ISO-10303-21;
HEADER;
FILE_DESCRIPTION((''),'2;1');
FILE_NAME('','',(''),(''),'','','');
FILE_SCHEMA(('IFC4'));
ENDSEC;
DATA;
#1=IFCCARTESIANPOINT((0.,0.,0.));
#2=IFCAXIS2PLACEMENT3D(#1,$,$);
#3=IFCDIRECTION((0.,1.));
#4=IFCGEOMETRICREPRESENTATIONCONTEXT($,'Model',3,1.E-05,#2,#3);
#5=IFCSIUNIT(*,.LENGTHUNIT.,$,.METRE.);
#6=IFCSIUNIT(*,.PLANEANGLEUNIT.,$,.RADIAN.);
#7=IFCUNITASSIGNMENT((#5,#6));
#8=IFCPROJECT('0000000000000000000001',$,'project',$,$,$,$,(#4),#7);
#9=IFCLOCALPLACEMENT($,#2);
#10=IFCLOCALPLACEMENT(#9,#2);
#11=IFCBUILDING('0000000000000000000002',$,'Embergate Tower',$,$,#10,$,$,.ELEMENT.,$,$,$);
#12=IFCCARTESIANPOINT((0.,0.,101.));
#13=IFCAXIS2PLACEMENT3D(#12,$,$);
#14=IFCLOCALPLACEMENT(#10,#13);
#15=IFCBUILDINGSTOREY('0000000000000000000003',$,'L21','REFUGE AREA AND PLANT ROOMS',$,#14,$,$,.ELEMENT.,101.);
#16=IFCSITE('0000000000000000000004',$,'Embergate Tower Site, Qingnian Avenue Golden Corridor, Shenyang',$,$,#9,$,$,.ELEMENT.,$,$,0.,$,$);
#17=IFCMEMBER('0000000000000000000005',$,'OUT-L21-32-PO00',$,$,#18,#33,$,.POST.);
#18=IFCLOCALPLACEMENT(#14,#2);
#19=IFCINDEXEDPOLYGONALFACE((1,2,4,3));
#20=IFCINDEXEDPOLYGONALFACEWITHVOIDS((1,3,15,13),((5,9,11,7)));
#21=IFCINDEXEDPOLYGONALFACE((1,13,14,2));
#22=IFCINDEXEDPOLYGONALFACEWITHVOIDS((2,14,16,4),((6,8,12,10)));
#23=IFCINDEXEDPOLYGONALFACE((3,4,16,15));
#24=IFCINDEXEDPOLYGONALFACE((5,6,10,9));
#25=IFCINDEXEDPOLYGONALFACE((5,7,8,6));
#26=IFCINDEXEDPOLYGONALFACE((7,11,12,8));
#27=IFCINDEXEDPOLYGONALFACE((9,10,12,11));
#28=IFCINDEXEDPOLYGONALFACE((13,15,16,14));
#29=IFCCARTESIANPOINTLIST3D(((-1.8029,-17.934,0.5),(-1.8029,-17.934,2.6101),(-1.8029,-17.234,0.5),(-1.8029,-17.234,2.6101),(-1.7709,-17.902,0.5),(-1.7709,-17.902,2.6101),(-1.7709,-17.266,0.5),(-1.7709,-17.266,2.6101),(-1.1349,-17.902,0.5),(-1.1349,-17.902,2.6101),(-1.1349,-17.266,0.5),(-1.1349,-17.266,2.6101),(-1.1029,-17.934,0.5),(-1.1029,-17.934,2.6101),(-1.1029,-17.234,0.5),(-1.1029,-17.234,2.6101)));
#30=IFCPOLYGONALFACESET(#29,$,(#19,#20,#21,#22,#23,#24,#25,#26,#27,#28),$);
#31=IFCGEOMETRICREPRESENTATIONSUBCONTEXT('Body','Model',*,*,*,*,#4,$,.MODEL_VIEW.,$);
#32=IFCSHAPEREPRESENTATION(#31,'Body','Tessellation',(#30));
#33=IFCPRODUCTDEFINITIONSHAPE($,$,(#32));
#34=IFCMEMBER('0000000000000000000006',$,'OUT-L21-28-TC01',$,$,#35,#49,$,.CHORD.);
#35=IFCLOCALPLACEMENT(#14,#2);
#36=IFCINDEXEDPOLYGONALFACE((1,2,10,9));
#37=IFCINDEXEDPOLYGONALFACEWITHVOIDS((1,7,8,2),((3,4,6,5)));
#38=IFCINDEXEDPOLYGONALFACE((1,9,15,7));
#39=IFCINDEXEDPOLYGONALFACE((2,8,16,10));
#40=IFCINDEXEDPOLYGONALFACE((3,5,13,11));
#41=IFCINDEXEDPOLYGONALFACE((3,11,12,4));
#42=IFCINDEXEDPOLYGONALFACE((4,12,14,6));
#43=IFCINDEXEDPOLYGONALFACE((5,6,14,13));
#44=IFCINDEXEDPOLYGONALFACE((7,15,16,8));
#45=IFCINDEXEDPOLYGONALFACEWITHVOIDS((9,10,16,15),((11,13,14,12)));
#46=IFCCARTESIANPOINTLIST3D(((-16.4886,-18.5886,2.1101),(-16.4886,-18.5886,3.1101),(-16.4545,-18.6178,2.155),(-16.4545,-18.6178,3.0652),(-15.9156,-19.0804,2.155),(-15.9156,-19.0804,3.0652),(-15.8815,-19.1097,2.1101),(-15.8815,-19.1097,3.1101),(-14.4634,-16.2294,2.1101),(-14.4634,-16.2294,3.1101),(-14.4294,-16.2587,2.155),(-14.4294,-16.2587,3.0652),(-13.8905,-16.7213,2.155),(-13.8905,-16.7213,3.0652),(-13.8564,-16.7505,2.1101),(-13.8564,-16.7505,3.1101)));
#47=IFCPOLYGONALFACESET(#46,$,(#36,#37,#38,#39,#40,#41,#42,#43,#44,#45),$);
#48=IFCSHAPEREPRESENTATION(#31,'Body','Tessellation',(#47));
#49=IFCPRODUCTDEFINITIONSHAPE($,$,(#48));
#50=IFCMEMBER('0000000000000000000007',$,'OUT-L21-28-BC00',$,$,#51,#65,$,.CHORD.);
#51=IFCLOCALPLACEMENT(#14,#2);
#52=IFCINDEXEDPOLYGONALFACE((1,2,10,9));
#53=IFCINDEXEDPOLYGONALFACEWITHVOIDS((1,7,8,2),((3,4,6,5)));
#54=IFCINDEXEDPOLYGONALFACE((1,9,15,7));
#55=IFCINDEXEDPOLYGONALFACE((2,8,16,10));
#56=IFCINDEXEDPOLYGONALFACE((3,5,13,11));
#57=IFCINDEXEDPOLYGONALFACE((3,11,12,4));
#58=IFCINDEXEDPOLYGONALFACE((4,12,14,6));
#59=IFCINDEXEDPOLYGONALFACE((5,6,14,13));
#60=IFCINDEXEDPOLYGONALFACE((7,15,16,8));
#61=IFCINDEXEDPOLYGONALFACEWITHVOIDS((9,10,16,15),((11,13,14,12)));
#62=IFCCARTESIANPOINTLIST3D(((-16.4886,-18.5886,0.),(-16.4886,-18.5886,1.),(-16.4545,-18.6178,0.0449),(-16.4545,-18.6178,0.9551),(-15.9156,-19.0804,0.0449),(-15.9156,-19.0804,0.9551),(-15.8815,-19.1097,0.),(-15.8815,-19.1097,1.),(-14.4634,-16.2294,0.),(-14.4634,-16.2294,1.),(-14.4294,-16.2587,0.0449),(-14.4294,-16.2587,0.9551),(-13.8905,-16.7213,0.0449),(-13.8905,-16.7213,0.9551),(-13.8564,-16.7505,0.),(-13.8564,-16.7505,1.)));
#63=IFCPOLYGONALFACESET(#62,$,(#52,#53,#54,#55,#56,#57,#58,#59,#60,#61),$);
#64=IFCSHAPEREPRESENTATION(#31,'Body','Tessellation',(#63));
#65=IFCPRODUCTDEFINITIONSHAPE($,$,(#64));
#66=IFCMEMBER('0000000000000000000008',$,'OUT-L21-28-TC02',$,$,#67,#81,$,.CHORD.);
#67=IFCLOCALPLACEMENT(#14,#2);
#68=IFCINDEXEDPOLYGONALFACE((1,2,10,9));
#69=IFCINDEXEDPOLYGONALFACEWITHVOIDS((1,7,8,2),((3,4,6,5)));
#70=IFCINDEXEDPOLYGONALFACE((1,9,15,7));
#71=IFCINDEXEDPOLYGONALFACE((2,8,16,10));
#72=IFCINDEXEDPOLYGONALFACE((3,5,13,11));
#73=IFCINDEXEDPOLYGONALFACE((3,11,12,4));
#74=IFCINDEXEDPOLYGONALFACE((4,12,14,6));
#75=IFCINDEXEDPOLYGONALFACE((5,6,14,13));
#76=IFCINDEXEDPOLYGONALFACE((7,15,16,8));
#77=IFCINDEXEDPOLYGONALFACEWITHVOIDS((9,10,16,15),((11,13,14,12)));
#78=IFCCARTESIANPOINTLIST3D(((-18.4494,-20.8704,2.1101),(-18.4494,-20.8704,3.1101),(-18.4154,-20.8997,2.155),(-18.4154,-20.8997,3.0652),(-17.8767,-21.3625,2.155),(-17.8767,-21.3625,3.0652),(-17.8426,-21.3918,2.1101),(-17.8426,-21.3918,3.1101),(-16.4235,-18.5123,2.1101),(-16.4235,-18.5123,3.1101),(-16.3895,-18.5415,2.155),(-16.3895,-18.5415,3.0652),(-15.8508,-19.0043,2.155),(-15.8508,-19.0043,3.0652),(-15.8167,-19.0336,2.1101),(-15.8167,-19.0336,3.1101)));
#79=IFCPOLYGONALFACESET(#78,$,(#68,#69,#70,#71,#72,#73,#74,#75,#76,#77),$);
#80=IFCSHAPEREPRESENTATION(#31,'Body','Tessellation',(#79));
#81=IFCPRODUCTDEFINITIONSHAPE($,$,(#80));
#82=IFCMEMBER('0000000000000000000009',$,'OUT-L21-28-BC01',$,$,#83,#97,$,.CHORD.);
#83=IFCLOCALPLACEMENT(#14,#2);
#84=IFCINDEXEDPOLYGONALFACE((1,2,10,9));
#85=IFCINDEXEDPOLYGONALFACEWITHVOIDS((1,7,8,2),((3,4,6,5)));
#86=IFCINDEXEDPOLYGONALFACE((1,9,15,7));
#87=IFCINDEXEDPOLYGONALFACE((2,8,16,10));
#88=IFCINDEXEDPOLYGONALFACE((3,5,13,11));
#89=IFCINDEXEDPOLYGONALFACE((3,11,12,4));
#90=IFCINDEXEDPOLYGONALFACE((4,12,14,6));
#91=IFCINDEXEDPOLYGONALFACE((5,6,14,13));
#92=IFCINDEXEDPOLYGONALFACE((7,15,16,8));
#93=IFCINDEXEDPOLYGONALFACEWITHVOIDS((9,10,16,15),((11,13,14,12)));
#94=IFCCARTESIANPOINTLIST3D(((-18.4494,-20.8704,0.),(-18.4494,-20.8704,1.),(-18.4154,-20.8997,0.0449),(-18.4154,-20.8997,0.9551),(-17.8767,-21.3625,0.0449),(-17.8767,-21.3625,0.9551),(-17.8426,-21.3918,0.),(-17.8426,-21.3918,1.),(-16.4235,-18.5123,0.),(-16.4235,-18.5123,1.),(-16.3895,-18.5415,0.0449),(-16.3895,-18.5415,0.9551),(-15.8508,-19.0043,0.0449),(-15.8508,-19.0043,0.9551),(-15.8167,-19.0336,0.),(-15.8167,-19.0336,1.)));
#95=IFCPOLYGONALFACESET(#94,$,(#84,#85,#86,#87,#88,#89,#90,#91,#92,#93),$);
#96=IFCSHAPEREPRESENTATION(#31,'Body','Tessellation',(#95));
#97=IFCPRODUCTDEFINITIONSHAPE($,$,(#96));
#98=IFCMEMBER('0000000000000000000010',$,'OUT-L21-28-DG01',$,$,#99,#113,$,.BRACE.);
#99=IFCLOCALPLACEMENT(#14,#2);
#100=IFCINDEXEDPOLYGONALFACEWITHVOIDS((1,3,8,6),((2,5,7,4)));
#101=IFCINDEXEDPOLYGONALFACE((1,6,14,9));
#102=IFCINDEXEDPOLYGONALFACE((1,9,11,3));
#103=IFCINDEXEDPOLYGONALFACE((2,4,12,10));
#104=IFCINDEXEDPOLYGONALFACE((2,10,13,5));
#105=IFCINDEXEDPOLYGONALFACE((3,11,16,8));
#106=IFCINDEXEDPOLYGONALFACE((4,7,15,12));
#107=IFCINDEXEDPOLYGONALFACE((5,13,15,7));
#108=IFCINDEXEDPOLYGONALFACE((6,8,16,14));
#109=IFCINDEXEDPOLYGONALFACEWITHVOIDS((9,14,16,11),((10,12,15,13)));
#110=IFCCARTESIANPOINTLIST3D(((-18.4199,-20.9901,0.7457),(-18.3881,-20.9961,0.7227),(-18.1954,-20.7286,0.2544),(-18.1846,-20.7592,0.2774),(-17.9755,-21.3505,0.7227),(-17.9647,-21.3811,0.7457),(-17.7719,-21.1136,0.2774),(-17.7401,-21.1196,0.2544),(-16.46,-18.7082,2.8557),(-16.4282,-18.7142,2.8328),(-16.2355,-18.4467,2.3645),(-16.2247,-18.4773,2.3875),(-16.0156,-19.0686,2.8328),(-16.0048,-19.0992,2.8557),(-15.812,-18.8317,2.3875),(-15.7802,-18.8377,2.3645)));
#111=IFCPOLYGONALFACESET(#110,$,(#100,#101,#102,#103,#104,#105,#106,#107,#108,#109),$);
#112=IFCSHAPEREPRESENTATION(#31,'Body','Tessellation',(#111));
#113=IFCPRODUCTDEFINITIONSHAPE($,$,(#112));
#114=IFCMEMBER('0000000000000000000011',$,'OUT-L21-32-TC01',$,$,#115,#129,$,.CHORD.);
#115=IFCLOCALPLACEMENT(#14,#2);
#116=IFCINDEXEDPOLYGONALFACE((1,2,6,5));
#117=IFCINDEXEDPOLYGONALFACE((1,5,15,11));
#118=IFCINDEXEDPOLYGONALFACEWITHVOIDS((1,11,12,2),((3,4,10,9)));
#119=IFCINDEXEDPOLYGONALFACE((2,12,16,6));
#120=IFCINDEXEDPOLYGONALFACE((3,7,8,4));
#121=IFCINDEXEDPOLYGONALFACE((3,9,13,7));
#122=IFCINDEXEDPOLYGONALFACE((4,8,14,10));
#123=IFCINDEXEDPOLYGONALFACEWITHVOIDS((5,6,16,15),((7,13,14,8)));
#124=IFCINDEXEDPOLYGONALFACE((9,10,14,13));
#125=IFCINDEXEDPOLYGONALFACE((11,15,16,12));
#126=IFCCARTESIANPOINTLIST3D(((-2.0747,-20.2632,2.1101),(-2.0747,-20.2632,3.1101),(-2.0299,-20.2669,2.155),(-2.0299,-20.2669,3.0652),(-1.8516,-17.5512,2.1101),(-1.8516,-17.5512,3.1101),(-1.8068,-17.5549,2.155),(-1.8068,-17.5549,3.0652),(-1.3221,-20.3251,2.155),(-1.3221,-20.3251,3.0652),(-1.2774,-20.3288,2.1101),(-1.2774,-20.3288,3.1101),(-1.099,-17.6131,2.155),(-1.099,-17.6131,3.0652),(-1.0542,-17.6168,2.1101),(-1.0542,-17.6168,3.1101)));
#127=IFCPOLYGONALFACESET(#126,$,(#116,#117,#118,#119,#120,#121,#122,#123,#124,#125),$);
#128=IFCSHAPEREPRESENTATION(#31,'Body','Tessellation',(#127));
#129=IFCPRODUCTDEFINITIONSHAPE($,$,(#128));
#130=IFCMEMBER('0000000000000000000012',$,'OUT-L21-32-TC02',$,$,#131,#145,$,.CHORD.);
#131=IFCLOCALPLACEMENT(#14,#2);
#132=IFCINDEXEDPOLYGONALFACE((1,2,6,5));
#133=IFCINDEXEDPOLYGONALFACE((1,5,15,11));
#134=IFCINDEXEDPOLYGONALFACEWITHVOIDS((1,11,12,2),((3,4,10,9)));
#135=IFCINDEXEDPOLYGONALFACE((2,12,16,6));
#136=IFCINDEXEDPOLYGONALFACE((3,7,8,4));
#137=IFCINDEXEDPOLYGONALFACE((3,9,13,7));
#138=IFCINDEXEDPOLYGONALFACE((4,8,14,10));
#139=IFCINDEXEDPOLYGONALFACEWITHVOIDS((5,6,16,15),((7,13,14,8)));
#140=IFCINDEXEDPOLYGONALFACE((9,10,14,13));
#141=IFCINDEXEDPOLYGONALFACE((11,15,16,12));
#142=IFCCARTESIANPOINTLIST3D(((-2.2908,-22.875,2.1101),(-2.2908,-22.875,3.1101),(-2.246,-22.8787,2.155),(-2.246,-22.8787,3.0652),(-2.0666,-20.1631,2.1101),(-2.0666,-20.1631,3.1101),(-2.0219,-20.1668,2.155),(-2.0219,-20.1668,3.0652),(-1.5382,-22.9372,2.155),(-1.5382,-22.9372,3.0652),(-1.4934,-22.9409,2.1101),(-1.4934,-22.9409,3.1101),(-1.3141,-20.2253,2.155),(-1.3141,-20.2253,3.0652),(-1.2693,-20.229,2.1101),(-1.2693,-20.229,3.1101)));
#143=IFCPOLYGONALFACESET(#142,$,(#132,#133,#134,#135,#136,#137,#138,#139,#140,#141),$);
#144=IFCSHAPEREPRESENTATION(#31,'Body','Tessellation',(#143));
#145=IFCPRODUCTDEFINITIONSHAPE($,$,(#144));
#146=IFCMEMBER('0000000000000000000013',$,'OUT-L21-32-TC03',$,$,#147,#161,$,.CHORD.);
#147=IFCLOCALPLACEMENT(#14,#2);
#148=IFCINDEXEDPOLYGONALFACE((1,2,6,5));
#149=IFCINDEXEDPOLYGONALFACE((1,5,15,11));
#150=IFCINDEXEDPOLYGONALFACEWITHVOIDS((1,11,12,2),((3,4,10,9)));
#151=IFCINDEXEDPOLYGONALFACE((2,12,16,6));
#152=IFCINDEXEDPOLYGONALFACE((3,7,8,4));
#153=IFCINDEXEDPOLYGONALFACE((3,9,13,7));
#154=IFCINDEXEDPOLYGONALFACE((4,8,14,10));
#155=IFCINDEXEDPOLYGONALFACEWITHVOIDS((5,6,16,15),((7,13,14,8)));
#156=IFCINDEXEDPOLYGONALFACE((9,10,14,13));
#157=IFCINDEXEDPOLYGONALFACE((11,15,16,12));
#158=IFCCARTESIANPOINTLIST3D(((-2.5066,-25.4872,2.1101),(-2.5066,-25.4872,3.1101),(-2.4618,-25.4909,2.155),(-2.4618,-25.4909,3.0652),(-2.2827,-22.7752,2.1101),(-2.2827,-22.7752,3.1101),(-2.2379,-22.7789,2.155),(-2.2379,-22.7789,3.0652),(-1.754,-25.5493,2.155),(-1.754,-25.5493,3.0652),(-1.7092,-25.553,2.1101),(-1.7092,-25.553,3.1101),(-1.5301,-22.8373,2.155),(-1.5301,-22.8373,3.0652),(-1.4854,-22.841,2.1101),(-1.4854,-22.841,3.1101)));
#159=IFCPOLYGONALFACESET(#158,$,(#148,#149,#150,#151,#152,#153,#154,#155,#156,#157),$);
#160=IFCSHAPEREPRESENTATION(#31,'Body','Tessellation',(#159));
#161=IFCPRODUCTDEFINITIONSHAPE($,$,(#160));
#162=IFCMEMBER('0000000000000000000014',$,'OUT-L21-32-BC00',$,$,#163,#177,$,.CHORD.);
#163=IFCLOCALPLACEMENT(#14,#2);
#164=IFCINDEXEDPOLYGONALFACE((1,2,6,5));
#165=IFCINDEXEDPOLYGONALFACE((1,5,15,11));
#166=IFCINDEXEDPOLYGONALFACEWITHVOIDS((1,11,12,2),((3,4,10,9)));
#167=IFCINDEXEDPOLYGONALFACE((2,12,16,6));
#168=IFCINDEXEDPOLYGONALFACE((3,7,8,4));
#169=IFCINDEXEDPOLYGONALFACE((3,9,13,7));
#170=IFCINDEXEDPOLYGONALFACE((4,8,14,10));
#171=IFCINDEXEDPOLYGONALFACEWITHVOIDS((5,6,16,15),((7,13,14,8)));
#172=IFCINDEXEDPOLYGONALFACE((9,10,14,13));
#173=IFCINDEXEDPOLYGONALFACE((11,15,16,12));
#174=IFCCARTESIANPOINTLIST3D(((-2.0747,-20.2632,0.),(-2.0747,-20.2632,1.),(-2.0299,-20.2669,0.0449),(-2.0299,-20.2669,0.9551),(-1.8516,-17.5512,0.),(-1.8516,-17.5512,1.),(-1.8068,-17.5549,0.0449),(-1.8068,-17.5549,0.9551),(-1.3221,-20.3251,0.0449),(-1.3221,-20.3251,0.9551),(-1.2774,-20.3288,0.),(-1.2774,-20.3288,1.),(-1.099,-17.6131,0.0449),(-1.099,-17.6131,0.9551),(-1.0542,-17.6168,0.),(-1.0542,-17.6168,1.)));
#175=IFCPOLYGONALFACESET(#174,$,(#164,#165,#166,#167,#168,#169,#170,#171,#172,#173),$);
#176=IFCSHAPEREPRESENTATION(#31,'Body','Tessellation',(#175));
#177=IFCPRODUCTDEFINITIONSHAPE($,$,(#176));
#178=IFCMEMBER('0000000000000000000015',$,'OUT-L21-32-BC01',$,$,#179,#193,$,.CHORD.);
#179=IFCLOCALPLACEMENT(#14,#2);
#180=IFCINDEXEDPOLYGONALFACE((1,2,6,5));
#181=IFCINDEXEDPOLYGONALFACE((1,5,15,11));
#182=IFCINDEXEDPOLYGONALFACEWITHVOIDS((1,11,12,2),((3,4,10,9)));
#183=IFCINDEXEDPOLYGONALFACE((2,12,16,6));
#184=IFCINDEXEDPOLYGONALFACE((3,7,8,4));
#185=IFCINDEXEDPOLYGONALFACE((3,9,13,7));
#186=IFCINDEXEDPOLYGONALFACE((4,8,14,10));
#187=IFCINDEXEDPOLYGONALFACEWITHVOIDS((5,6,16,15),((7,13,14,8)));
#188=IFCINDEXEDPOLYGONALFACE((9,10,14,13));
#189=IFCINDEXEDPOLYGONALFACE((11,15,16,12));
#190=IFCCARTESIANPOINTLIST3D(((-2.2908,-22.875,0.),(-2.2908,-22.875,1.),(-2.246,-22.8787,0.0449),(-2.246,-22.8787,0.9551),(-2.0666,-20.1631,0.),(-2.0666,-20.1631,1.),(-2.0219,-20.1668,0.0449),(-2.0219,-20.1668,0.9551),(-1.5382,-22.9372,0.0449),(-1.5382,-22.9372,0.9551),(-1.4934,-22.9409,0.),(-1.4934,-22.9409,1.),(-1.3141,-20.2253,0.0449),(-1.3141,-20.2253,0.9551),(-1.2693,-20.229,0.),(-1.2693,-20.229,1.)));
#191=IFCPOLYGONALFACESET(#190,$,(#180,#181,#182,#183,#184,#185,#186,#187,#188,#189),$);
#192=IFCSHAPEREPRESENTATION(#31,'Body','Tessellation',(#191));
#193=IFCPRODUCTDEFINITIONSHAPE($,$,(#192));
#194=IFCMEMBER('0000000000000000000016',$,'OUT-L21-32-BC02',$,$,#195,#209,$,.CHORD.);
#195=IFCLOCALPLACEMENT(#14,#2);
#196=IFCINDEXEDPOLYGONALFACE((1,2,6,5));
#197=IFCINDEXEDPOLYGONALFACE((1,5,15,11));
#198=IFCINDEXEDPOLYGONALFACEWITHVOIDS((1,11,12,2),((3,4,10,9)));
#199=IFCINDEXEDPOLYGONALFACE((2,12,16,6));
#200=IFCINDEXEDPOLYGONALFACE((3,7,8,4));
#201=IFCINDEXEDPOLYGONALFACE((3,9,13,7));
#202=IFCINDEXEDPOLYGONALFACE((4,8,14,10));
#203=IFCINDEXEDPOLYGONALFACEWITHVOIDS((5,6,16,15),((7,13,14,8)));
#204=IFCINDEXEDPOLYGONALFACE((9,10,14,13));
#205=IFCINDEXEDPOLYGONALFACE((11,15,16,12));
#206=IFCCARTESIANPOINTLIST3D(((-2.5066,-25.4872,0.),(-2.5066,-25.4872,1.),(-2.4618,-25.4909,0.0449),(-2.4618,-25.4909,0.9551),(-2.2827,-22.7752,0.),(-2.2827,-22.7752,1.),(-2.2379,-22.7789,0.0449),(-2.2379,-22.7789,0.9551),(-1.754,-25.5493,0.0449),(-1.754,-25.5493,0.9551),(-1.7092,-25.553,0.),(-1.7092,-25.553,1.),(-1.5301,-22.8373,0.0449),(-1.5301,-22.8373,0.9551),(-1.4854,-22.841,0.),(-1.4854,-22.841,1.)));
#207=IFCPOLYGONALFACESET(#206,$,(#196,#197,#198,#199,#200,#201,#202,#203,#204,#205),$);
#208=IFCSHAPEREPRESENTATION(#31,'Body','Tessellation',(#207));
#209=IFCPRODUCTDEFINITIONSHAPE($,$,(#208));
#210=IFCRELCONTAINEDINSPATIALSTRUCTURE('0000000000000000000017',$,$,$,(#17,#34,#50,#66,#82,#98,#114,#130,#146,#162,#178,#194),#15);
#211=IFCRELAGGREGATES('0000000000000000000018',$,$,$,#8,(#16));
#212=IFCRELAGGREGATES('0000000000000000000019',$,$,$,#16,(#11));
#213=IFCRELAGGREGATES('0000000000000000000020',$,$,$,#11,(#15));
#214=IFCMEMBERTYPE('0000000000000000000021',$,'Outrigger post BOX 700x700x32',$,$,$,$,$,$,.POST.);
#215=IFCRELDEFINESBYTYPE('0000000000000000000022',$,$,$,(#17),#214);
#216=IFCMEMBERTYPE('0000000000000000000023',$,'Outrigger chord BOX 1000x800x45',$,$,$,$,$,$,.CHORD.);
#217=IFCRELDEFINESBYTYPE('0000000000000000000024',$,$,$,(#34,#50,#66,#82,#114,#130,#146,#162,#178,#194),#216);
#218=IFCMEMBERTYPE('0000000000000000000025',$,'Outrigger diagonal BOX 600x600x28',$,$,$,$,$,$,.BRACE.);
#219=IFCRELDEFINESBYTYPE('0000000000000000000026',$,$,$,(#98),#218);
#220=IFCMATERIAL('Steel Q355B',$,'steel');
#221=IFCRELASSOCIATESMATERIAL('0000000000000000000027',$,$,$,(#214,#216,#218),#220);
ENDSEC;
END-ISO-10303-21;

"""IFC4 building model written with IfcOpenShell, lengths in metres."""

from ifc_helpers import new_model, si_unit, direction, frame, origin, origin_2d, place, context, subcontext, project, spatial, hollow_rectangle, extrude, source, transform, mapped, material, material_profile, profile_set, type_object, element, save


model = new_model("IFC4")

# Units and contexts
model_context = context("Model", 3, precision=1e-05, world=origin(), true_north=direction((0.0, 1.0)))
body_context = subcontext(model_context, "Body", "Model", "MODEL_VIEW")
ifc_project = project(units=[si_unit("LENGTHUNIT", "METRE"), si_unit("PLANEANGLEUNIT", "RADIAN")], contexts=[model_context])

# Site, building, storey
site_placement = place(None, origin())
site = spatial("IfcSite", under=ifc_project, at=site_placement, Name="Embergate Tower Site, Qingnian Avenue Golden Corridor, Shenyang", CompositionType="ELEMENT", RefElevation=0.0)
building_placement = place(site_placement, origin())
building = spatial("IfcBuilding", under=site, at=building_placement, Name="Embergate Tower", CompositionType="ELEMENT")
storey_placement = place(building_placement, frame((0.0, 0.0, 101.0)))
storey = spatial("IfcBuildingStorey", under=building, at=storey_placement, Name="L21", Description="REFUGE AREA AND PLANT ROOMS", CompositionType="ELEMENT", Elevation=101.0)

# Members
ifc_material = material(Name="Steel Q355B", Category="steel")
ifc_material_profile_1 = material_profile(ifc_material, hollow_rectangle(XDim=0.7, YDim=0.7, WallThickness=0.032, at=origin_2d()), Name="BOX 700x700x32")
ifc_profile_set_1 = profile_set([ifc_material_profile_1], Name="Steel Q355 grade B")
member_type_1 = type_object("IfcMemberType", Name="Outrigger post BOX 700x700x32", PredefinedType="POST", material=ifc_profile_set_1)
shared_shape_1 = source(origin(), body_context, "Body", "SweptSolid", [
    extrude(hollow_rectangle(XDim=0.7, YDim=0.7, WallThickness=0.032, at=origin_2d()), origin(), (0.0, 0.0, 1.0), 2.1101),
])
member_1_placement = place(storey_placement, frame((-1.4529, -17.584, 0.5), z_axis=(0.0, 0.0, 1.0), x_axis=(1.0, 0.0, 0.0)))
element("IfcMember", 1, at=member_1_placement, inside=storey, type_object=member_type_1, Name="OUT-L21-32-PO00", PredefinedType="POST", context=body_context, shape_type="MappedRepresentation", body=[
    mapped(shared_shape_1, transform((0.0, 0.0, 0.0))),
])
ifc_material_profile_2 = material_profile(ifc_material, hollow_rectangle(XDim=0.8, YDim=1.0, WallThickness=0.0449, at=origin_2d()), Name="BOX 1000x800x45")
ifc_profile_set_2 = profile_set([ifc_material_profile_2], Name="Steel Q355 grade B")
member_type_2 = type_object("IfcMemberType", Name="Outrigger chord BOX 1000x800x45", PredefinedType="CHORD", material=ifc_profile_set_2)
shared_shape_2 = source(origin(), body_context, "Body", "SweptSolid", [
    extrude(hollow_rectangle(XDim=0.8, YDim=1.0, WallThickness=0.0449, at=origin_2d()), origin(), (0.0, 0.0, 1.0), 3.1091),
])
for number, where, z_axis, x_axis, name in (
    (2, (-14.1599, -16.49, 2.6101), (-0.651354, -0.758774, 0.0), (0.758774, -0.651354, 0.0), "OUT-L21-28-TC01"),
    (3, (-14.1599, -16.49, 0.5), (-0.651354, -0.758774, 0.0), (0.758774, -0.651354, 0.0), "OUT-L21-28-BC00"),
):
    element("IfcMember", number, at=place(storey_placement, frame(where, z_axis=z_axis, x_axis=x_axis)), inside=storey, type_object=member_type_2, Name=name, PredefinedType="CHORD", context=body_context, shape_type="MappedRepresentation", body=[
        mapped(shared_shape_2, transform((0.0, 0.0, 0.0))),
    ])
shared_shape_3 = source(origin(), body_context, "Body", "SweptSolid", [
    extrude(hollow_rectangle(XDim=0.8, YDim=1.0, WallThickness=0.0449, at=origin_2d()), origin(), (0.0, 0.0, 1.0), 3.1089),
])
for number, where, z_axis, x_axis, name in (
    (4, (-16.1201, -18.7729, 2.6101), (-0.651645, -0.758524, 0.0), (0.758524, -0.651645, 0.0), "OUT-L21-28-TC02"),
    (5, (-16.1201, -18.7729, 0.5), (-0.651645, -0.758524, 0.0), (0.758524, -0.651645, 0.0), "OUT-L21-28-BC01"),
):
    element("IfcMember", number, at=place(storey_placement, frame(where, z_axis=z_axis, x_axis=x_axis)), inside=storey, type_object=member_type_2, Name=name, PredefinedType="CHORD", context=body_context, shape_type="MappedRepresentation", body=[
        mapped(shared_shape_3, transform((0.0, 0.0, 0.0))),
    ])
ifc_material_profile_3 = material_profile(ifc_material, hollow_rectangle(XDim=0.6001, YDim=0.6001, WallThickness=0.0281, at=origin_2d()), Name="BOX 600x600x28")
ifc_profile_set_3 = profile_set([ifc_material_profile_3], Name="Steel Q355 grade B")
member_type_3 = type_object("IfcMemberType", Name="Outrigger diagonal BOX 600x600x28", PredefinedType="BRACE", material=ifc_profile_set_3)
shared_shape_4 = source(origin(), body_context, "Body", "SweptSolid", [
    extrude(hollow_rectangle(XDim=0.6001, YDim=0.6001, WallThickness=0.0281, at=origin_2d()), origin(), (0.0, 0.0, 1.0), 3.6743),
])
member_2_placement = place(storey_placement, frame((-16.1201, -18.7729, 2.6101), z_axis=(-0.533405, -0.621044, -0.574268), x_axis=(0.758603, -0.651553, 0.0)))
element("IfcMember", 6, at=member_2_placement, inside=storey, type_object=member_type_3, Name="OUT-L21-28-DG01", PredefinedType="BRACE", context=body_context, shape_type="MappedRepresentation", body=[
    mapped(shared_shape_4, transform((0.0, 0.0, 0.0))),
])
shared_shape_5 = source(origin(), body_context, "Body", "SweptSolid", [
    extrude(hollow_rectangle(XDim=0.8, YDim=1.0, WallThickness=0.0449, at=origin_2d()), origin(), (0.0, 0.0, 1.0), 2.7212),
])
for number, where, z_axis, x_axis, name in (
    (7, (-1.4529, -17.584, 2.6101), (-0.082006, -0.996632, 0.0), (0.996632, -0.082006, 0.0), "OUT-L21-32-TC01"),
    (8, (-1.668, -20.196, 2.6101), (-0.082362, -0.996602, 0.0), (0.996602, -0.082362, 0.0), "OUT-L21-32-TC02"),
    (9, (-1.884, -22.8081, 2.6101), (-0.082273, -0.99661, 0.0), (0.99661, -0.082273, 0.0), "OUT-L21-32-TC03"),
    (10, (-1.4529, -17.584, 0.5), (-0.082006, -0.996632, 0.0), (0.996632, -0.082006, 0.0), "OUT-L21-32-BC00"),
    (11, (-1.668, -20.196, 0.5), (-0.082362, -0.996602, 0.0), (0.996602, -0.082362, 0.0), "OUT-L21-32-BC01"),
    (12, (-1.884, -22.8081, 0.5), (-0.082273, -0.99661, 0.0), (0.99661, -0.082273, 0.0), "OUT-L21-32-BC02"),
):
    element("IfcMember", number, at=place(storey_placement, frame(where, z_axis=z_axis, x_axis=x_axis)), inside=storey, type_object=member_type_2, Name=name, PredefinedType="CHORD", context=body_context, shape_type="MappedRepresentation", body=[
        mapped(shared_shape_5, transform((0.0, 0.0, 0.0))),
    ])

save(model, "model.ifc")
